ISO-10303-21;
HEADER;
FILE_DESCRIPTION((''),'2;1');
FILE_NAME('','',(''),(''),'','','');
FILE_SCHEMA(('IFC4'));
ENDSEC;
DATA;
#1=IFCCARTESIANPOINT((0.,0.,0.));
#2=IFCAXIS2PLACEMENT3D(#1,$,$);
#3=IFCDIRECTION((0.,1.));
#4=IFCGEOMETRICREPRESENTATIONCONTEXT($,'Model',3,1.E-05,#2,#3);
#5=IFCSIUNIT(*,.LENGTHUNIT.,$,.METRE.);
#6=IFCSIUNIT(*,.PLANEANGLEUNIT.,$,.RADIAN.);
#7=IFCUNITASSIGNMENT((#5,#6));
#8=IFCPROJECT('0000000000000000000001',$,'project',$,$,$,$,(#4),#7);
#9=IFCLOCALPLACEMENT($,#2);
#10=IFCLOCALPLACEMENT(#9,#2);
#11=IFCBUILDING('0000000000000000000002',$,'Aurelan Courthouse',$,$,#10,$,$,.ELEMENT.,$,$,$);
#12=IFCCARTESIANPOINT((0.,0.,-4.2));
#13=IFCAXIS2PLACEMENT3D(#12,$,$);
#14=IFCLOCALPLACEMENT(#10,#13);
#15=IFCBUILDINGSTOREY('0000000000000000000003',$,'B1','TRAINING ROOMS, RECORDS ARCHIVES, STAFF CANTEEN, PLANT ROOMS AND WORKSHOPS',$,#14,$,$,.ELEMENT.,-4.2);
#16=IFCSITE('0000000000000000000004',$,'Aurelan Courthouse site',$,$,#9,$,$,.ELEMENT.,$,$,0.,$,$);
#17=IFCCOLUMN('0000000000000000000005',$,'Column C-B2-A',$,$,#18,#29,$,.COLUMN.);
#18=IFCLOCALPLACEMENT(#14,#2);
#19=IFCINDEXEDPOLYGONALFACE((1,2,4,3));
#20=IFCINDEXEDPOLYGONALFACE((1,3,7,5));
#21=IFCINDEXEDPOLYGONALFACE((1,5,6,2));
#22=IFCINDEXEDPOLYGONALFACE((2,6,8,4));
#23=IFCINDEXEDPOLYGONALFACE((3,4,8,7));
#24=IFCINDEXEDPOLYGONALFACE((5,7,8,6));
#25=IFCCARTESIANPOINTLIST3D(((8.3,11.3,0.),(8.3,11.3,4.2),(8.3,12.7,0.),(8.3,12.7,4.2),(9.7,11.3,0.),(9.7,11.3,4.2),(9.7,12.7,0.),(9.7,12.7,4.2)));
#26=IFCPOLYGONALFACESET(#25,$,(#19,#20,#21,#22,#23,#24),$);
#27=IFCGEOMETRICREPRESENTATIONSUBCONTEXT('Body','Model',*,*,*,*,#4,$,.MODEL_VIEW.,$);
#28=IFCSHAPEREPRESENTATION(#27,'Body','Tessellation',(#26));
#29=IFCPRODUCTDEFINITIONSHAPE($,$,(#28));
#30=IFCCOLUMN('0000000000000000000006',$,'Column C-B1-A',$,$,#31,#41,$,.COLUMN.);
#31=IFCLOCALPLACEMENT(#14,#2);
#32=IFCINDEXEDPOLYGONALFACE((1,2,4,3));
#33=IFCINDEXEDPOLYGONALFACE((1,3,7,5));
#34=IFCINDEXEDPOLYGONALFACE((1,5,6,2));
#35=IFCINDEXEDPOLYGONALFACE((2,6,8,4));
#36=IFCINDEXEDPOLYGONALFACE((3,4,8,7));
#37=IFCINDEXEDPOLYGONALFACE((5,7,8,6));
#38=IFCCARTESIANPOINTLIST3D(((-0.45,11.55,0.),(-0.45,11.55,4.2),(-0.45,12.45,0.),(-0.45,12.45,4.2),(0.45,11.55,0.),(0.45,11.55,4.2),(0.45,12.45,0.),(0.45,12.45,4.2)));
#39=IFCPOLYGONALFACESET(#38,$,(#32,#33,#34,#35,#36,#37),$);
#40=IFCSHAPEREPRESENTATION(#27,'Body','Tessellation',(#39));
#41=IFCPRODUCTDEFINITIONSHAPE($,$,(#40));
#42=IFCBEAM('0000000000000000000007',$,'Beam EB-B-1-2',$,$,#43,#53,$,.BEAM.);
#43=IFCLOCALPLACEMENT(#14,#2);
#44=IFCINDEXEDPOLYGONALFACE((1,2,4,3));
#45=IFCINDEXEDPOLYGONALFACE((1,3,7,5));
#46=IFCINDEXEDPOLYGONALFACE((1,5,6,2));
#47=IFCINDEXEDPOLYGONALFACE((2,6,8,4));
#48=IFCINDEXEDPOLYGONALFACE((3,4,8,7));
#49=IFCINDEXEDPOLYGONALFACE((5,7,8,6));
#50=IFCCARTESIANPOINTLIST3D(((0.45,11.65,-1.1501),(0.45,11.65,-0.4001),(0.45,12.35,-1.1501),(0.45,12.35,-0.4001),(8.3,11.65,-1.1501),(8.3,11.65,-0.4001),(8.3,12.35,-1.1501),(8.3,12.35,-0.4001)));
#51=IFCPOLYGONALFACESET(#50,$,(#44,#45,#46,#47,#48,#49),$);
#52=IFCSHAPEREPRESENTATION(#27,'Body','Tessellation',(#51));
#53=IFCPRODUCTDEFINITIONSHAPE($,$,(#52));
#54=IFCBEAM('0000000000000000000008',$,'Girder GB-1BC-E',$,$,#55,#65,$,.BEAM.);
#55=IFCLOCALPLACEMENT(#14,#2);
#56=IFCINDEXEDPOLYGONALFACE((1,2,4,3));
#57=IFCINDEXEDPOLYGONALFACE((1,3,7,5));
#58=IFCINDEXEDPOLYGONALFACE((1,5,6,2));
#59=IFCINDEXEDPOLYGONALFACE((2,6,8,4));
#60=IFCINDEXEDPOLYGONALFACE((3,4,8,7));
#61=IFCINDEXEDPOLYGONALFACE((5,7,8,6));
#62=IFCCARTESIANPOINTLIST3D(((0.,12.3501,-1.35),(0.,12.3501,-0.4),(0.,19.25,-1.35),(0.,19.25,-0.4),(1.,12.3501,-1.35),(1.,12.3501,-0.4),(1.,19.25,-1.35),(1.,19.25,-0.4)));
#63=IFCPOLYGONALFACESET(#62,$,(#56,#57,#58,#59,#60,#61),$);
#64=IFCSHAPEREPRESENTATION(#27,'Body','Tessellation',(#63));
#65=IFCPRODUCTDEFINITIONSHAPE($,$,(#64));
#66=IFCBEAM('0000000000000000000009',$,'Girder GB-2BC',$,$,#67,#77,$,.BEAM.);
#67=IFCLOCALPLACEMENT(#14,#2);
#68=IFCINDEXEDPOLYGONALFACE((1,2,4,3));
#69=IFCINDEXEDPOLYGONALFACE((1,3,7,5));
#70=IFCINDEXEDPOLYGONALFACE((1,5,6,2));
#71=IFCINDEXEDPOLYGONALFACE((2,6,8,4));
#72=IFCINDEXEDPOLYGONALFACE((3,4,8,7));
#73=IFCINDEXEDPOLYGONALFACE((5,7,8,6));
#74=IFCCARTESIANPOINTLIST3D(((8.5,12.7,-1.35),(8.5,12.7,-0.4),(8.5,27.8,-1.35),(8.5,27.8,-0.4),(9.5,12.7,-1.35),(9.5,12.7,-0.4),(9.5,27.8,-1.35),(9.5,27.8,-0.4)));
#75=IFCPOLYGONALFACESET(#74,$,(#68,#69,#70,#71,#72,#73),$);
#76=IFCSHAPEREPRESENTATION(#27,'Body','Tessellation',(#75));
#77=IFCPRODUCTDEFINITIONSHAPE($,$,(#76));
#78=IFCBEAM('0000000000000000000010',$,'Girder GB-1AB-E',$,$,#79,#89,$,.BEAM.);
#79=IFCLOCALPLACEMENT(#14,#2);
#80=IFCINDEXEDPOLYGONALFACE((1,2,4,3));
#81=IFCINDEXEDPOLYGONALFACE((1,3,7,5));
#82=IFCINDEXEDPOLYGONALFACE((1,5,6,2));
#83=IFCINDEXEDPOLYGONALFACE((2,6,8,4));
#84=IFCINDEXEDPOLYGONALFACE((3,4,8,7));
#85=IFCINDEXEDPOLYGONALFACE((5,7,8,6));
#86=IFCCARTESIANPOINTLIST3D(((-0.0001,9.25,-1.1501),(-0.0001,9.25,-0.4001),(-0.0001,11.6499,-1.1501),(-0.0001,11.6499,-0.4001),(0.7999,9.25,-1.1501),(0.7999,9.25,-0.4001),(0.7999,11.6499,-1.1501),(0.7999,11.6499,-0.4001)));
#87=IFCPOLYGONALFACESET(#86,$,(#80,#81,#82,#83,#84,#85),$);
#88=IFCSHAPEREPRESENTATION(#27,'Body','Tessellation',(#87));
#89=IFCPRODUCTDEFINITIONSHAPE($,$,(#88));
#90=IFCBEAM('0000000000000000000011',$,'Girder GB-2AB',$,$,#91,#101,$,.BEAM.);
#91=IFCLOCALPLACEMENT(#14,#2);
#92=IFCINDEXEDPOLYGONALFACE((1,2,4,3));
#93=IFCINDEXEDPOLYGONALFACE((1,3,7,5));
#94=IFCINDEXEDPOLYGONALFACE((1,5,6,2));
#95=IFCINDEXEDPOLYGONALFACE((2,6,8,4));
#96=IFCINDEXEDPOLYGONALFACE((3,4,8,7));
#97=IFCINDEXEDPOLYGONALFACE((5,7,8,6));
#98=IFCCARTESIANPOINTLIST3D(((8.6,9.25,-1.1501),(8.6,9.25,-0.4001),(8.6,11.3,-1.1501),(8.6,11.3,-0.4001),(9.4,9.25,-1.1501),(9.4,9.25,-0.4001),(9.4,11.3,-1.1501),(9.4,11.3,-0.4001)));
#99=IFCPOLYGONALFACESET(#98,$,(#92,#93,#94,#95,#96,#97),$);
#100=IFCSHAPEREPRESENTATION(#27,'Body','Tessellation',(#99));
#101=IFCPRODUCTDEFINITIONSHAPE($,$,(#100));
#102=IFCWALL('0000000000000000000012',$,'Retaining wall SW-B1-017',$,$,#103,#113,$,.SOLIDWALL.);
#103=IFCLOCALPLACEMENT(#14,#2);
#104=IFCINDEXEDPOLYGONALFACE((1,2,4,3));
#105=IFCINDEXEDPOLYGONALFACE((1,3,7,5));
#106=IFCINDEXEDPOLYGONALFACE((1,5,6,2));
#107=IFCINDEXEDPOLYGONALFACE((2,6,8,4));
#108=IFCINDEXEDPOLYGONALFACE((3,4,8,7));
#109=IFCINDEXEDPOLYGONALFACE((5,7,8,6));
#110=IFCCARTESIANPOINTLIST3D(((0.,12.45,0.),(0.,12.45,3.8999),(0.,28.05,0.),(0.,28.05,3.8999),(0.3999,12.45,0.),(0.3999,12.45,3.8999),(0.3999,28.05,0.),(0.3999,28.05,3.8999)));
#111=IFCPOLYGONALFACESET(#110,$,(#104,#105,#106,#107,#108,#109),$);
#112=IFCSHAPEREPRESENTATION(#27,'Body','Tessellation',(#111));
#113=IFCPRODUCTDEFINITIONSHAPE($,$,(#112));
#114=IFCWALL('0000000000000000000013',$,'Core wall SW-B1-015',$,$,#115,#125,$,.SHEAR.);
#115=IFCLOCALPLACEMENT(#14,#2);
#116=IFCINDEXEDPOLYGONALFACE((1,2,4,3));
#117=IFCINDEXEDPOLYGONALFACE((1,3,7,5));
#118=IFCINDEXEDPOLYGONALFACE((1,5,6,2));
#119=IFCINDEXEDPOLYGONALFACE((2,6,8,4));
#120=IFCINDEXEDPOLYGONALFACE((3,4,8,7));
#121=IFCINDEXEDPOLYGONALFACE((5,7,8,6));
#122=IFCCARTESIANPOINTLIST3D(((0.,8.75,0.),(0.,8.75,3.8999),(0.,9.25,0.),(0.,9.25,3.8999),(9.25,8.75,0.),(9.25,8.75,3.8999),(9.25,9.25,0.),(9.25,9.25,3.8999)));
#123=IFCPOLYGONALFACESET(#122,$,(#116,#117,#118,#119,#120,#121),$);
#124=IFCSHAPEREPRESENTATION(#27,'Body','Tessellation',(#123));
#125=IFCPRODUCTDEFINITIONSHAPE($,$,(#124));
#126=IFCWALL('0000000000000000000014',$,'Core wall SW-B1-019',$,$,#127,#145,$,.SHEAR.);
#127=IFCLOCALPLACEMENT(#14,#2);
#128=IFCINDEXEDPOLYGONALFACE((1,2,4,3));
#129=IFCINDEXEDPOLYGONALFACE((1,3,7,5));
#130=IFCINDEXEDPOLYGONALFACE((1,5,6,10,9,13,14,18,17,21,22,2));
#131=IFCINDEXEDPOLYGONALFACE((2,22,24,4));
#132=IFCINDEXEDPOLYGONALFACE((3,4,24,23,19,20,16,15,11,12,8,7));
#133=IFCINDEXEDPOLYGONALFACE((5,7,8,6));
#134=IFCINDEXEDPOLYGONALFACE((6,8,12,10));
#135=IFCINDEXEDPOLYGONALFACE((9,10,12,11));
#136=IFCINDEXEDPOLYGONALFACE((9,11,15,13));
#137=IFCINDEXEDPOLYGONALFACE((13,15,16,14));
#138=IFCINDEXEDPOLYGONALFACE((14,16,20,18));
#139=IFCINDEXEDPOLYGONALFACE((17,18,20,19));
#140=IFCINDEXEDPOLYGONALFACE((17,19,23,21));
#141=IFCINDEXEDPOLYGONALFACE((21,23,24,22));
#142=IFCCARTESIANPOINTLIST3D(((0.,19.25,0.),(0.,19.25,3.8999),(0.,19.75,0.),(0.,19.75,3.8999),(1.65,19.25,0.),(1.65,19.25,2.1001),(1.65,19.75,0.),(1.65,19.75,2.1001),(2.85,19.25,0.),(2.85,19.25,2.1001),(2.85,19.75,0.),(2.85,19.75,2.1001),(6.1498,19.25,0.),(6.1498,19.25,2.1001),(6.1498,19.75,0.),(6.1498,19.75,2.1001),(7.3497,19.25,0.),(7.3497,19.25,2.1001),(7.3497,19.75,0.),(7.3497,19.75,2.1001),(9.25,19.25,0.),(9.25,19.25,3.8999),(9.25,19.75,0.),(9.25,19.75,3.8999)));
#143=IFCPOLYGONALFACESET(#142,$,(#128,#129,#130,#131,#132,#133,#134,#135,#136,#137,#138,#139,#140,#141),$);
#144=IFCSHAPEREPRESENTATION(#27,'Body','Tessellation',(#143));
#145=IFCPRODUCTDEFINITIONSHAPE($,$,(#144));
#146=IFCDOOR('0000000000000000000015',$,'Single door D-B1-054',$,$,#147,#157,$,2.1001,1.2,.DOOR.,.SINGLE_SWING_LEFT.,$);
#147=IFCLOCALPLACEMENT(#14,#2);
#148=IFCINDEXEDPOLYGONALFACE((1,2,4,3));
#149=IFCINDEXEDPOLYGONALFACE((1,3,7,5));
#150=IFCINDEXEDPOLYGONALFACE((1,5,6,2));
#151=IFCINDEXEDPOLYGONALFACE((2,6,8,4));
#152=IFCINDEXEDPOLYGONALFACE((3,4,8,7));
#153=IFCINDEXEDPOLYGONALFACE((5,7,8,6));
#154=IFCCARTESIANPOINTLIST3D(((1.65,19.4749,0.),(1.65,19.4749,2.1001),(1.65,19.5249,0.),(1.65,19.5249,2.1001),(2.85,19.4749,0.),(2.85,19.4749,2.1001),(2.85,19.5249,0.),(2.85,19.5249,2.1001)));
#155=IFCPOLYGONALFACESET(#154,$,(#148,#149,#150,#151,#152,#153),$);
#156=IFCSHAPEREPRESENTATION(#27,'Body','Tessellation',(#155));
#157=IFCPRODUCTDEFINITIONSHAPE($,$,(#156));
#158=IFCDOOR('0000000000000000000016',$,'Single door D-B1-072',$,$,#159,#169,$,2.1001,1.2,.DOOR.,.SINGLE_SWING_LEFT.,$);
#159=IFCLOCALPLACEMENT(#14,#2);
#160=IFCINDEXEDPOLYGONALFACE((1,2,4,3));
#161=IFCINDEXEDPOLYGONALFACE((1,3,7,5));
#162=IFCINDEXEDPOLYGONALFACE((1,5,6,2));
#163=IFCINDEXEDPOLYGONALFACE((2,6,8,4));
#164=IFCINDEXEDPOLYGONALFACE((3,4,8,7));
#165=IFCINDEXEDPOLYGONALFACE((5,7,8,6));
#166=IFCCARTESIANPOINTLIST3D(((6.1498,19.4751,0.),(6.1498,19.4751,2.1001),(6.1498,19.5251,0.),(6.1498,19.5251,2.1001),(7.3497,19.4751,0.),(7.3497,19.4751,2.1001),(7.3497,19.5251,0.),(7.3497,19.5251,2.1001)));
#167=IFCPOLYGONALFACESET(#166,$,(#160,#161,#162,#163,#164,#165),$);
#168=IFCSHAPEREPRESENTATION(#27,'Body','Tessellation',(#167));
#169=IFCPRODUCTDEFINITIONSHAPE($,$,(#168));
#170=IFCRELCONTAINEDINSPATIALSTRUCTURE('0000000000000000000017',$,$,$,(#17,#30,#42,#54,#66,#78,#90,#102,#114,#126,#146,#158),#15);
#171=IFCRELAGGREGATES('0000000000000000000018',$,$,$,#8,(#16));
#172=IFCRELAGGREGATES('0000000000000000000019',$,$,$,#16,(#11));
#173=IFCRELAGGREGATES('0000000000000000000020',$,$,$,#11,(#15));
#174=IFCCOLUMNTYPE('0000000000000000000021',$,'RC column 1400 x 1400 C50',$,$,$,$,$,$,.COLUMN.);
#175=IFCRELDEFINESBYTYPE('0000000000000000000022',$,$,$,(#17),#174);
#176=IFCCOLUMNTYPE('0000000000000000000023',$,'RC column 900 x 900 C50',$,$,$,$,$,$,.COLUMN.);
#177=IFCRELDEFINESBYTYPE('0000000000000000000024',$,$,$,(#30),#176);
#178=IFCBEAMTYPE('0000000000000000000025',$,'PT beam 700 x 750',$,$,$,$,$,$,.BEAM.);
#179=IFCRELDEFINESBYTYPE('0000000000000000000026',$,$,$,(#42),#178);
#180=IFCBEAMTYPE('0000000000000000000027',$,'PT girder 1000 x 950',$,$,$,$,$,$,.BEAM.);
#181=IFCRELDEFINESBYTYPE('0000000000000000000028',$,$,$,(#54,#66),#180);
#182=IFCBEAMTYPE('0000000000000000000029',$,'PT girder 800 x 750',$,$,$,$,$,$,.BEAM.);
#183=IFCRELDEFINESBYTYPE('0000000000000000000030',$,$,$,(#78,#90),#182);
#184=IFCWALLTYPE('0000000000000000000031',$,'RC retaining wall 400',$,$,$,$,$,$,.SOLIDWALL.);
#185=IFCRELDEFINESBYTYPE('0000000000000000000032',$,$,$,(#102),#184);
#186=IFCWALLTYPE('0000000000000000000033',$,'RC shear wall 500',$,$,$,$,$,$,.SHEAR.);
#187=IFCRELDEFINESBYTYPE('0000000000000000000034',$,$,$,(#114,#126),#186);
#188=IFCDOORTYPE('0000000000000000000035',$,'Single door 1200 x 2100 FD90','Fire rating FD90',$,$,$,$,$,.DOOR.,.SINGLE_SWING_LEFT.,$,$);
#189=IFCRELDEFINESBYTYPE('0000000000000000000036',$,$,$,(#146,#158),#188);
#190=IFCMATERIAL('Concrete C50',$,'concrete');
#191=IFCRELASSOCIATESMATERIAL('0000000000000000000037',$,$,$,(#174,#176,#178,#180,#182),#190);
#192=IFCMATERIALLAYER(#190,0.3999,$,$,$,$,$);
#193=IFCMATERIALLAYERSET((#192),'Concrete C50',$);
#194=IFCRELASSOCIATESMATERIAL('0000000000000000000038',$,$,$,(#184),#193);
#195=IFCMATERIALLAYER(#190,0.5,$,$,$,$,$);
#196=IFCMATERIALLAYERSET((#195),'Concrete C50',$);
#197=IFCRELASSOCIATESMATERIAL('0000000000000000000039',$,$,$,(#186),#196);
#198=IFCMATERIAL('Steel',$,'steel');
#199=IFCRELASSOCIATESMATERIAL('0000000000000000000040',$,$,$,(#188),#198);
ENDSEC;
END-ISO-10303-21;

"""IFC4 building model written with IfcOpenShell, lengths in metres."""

from ifc_helpers import new_model, si_unit, direction, frame, frame_2d, origin, origin_2d, place, context, subcontext, project, spatial, rectangle, extrude, material, layer, layer_set, material_profile, profile_set, type_object, element, fill, save


model = new_model("IFC4")

# Units and contexts
model_context = context("Model", 3, precision=1e-05, world=origin(), true_north=direction((0.0, 1.0)))
body_context = subcontext(model_context, "Body", "Model", "MODEL_VIEW")
ifc_project = project(units=[si_unit("LENGTHUNIT", "METRE"), si_unit("PLANEANGLEUNIT", "RADIAN")], contexts=[model_context])

# Site, building, storey
site_placement = place(None, origin())
site = spatial("IfcSite", under=ifc_project, at=site_placement, Name="Aurelan Courthouse site", CompositionType="ELEMENT", RefElevation=0.0)
building_placement = place(site_placement, origin())
building = spatial("IfcBuilding", under=site, at=building_placement, Name="Aurelan Courthouse", CompositionType="ELEMENT")
storey_placement = place(building_placement, frame((0.0, 0.0, -4.2)))
storey = spatial("IfcBuildingStorey", under=building, at=storey_placement, Name="B1", Description="TRAINING ROOMS, RECORDS ARCHIVES, STAFF CANTEEN, PLANT ROOMS AND WORKSHOPS", CompositionType="ELEMENT", Elevation=-4.2)

# Columns
ifc_material_1 = material(Name="Concrete C50", Category="concrete")
ifc_material_profile_1 = material_profile(ifc_material_1, rectangle(XDim=1.3999, YDim=1.3999, at=origin_2d()), Name="RC 1400 x 1400")
ifc_profile_set_1 = profile_set([ifc_material_profile_1], Name="Concrete C50")
column_type_1 = type_object("IfcColumnType", Name="RC column 1400 x 1400 C50", PredefinedType="COLUMN", material=ifc_profile_set_1)
column_1_placement = place(storey_placement, frame((9.0, 12.0, 0.0), z_axis=(0.0, 0.0, 1.0), x_axis=(1.0, 0.0, 0.0)))
element("IfcColumn", 1, at=column_1_placement, inside=storey, type_object=column_type_1, Name="Column C-B2-A", PredefinedType="COLUMN", context=body_context, shape_type="SweptSolid", body=[
    extrude(rectangle(XDim=1.3999, YDim=1.3999, at=origin_2d()), origin(), (0.0, 0.0, 1.0), 4.2),
])
ifc_material_profile_2 = material_profile(ifc_material_1, rectangle(XDim=0.8999, YDim=0.8999, at=origin_2d()), Name="RC 900 x 900")
ifc_profile_set_2 = profile_set([ifc_material_profile_2], Name="Concrete C50")
column_type_2 = type_object("IfcColumnType", Name="RC column 900 x 900 C50", PredefinedType="COLUMN", material=ifc_profile_set_2)
column_2_placement = place(storey_placement, frame((0.0, 12.0, 0.0), z_axis=(0.0, 0.0, 1.0), x_axis=(1.0, 0.0, 0.0)))
element("IfcColumn", 2, at=column_2_placement, inside=storey, type_object=column_type_2, Name="Column C-B1-A", PredefinedType="COLUMN", context=body_context, shape_type="SweptSolid", body=[
    extrude(rectangle(XDim=0.8999, YDim=0.8999, at=origin_2d()), origin(), (0.0, 0.0, 1.0), 4.2),
])

# Beams
ifc_material_profile_3 = material_profile(ifc_material_1, rectangle(XDim=0.7, YDim=0.75, at=origin_2d()), Name="RC 700 x 750")
ifc_profile_set_3 = profile_set([ifc_material_profile_3], Name="Concrete C50")
beam_type_1 = type_object("IfcBeamType", Name="PT beam 700 x 750", PredefinedType="BEAM", material=ifc_profile_set_3)
beam_1_placement = place(storey_placement, frame((0.45, 12.0, -0.7751), z_axis=(1.0, 0.0, 0.0), x_axis=(0.0, 1.0, 0.0)))
element("IfcBeam", 3, at=beam_1_placement, inside=storey, type_object=beam_type_1, Name="Beam EB-B-1-2", PredefinedType="BEAM", context=body_context, shape_type="SweptSolid", body=[
    extrude(rectangle(XDim=0.7, YDim=0.75, at=origin_2d()), origin(), (0.0, 0.0, 1.0), 7.8501),
])
ifc_material_profile_4 = material_profile(ifc_material_1, rectangle(XDim=1.0, YDim=0.95, at=origin_2d()), Name="RC 1000 x 950")
ifc_profile_set_4 = profile_set([ifc_material_profile_4], Name="Concrete C50")
beam_type_2 = type_object("IfcBeamType", Name="PT girder 1000 x 950", PredefinedType="BEAM", material=ifc_profile_set_4)
beam_2_placement = place(storey_placement, frame((0.5, 12.3501, -0.875), z_axis=(0.0, 1.0, 0.0), x_axis=(-1.0, 0.0, 0.0)))
element("IfcBeam", 4, at=beam_2_placement, inside=storey, type_object=beam_type_2, Name="Girder GB-1BC-E", PredefinedType="BEAM", context=body_context, shape_type="SweptSolid", body=[
    extrude(rectangle(XDim=1.0, YDim=0.95, at=origin_2d()), origin(), (0.0, 0.0, 1.0), 6.8999),
])
beam_3_placement = place(storey_placement, frame((9.0, 12.7, -0.875), z_axis=(0.0, 1.0, 0.0), x_axis=(-1.0, 0.0, 0.0)))
element("IfcBeam", 5, at=beam_3_placement, inside=storey, type_object=beam_type_2, Name="Girder GB-2BC", PredefinedType="BEAM", context=body_context, shape_type="SweptSolid", body=[
    extrude(rectangle(XDim=1.0, YDim=0.95, at=origin_2d()), origin(), (0.0, 0.0, 1.0), 15.1001),
])
ifc_material_profile_5 = material_profile(ifc_material_1, rectangle(XDim=0.8, YDim=0.75, at=origin_2d()), Name="RC 800 x 750")
ifc_profile_set_5 = profile_set([ifc_material_profile_5], Name="Concrete C50")
beam_type_3 = type_object("IfcBeamType", Name="PT girder 800 x 750", PredefinedType="BEAM", material=ifc_profile_set_5)
beam_4_placement = place(storey_placement, frame((0.3999, 9.25, -0.7751), z_axis=(0.0, 1.0, 0.0), x_axis=(-1.0, 0.0, 0.0)))
element("IfcBeam", 6, at=beam_4_placement, inside=storey, type_object=beam_type_3, Name="Girder GB-1AB-E", PredefinedType="BEAM", context=body_context, shape_type="SweptSolid", body=[
    extrude(rectangle(XDim=0.8, YDim=0.75, at=origin_2d()), origin(), (0.0, 0.0, 1.0), 2.3999),
])
beam_5_placement = place(storey_placement, frame((9.0, 9.25, -0.7751), z_axis=(0.0, 1.0, 0.0), x_axis=(-1.0, 0.0, 0.0)))
element("IfcBeam", 7, at=beam_5_placement, inside=storey, type_object=beam_type_3, Name="Girder GB-2AB", PredefinedType="BEAM", context=body_context, shape_type="SweptSolid", body=[
    extrude(rectangle(XDim=0.8, YDim=0.75, at=origin_2d()), origin(), (0.0, 0.0, 1.0), 2.05),
])

# Walls
ifc_layer_1 = layer(ifc_material_1, 0.3999)
ifc_layer_set_1 = layer_set([ifc_layer_1], Name="Concrete C50")
wall_type_1 = type_object("IfcWallType", Name="RC retaining wall 400", PredefinedType="SOLIDWALL", material=ifc_layer_set_1)
wall_1_placement = place(storey_placement, frame((0.2, 12.45, 0.0), z_axis=(0.0, 0.0, 1.0), x_axis=(0.0, 1.0, 0.0)))
element("IfcWall", 8, at=wall_1_placement, inside=storey, type_object=wall_type_1, Name="Retaining wall SW-B1-017", PredefinedType="SOLIDWALL", context=body_context, shape_type="SweptSolid", body=[
    extrude(rectangle(XDim=15.6001, YDim=0.3999, at=frame_2d((7.8, 0.0))), origin(), (0.0, 0.0, 1.0), 3.8999),
])
ifc_layer_2 = layer(ifc_material_1, 0.5)
ifc_layer_set_2 = layer_set([ifc_layer_2], Name="Concrete C50")
wall_type_2 = type_object("IfcWallType", Name="RC shear wall 500", PredefinedType="SHEAR", material=ifc_layer_set_2)
wall_2_placement = place(storey_placement, frame((0.0, 9.0, 0.0), z_axis=(0.0, 0.0, 1.0), x_axis=(1.0, 0.0, 0.0)))
element("IfcWall", 9, at=wall_2_placement, inside=storey, type_object=wall_type_2, Name="Core wall SW-B1-015", PredefinedType="SHEAR", context=body_context, shape_type="SweptSolid", body=[
    extrude(rectangle(XDim=9.25, YDim=0.5, at=frame_2d((4.625, 0.0))), origin(), (0.0, 0.0, 1.0), 3.8999),
])

# Wall, openings, doors
wall_3_placement = place(storey_placement, frame((0.0, 19.5, 0.0), z_axis=(0.0, 0.0, 1.0), x_axis=(1.0, 0.0, 0.0)))
wall_3 = element("IfcWall", 10, at=wall_3_placement, inside=storey, type_object=wall_type_2, Name="Core wall SW-B1-019", PredefinedType="SHEAR", context=body_context, shape_type="SweptSolid", body=[
    extrude(rectangle(XDim=9.25, YDim=0.5, at=frame_2d((4.625, 0.0))), origin(), (0.0, 0.0, 1.0), 3.8999),
])
opening_1_placement = place(wall_3_placement, frame((1.6499, 0.0, 0.0)))
opening_1 = element("IfcOpeningElement", 11, at=opening_1_placement, cuts=wall_3, PredefinedType="OPENING", context=body_context, shape_type="SweptSolid", body=[
    extrude(rectangle(XDim=1.2, YDim=2.1001, at=frame_2d((0.6001, 1.05))), frame((0.0, 0.26, 0.0), z_axis=(0.0, -1.0, 0.0), x_axis=(1.0, 0.0, 0.0)), (0.0, 0.0, 1.0), 0.52),
])
opening_2_placement = place(wall_3_placement, frame((7.3499, 0.0, 0.0), z_axis=(0.0, 0.0, 1.0), x_axis=(-1.0, 0.0, 0.0)))
opening_2 = element("IfcOpeningElement", 12, at=opening_2_placement, cuts=wall_3, PredefinedType="OPENING", context=body_context, shape_type="SweptSolid", body=[
    extrude(rectangle(XDim=1.2, YDim=2.1001, at=frame_2d((0.6001, 1.05))), frame((0.0, 0.26, 0.0), z_axis=(0.0, -1.0, 0.0), x_axis=(1.0, 0.0, 0.0)), (0.0, 0.0, 1.0), 0.52),
])
ifc_material_2 = material(Name="Steel", Category="steel")
door_type = type_object("IfcDoorType", Name="Single door 1200 x 2100 FD90", Description="Fire rating FD90", OperationType="SINGLE_SWING_LEFT", PredefinedType="DOOR", material=ifc_material_2)
door_1_placement = place(opening_1_placement, origin())
door_1 = element("IfcDoor", 13, at=door_1_placement, inside=storey, type_object=door_type, Name="Single door D-B1-054", OperationType="SINGLE_SWING_LEFT", OverallHeight=2.1001, OverallWidth=1.2, PredefinedType="DOOR", context=body_context, shape_type="SweptSolid", body=[
    extrude(rectangle(XDim=1.2, YDim=2.1001, at=frame_2d((0.6001, 1.05))), frame((0.0, 0.0249, 0.0), z_axis=(0.0, -1.0, 0.0), x_axis=(1.0, 0.0, 0.0)), (0.0, 0.0, 1.0), 0.05),
])
fill(opening_1, door_1)
door_2_placement = place(opening_2_placement, origin())
door_2 = element("IfcDoor", 14, at=door_2_placement, inside=storey, type_object=door_type, Name="Single door D-B1-072", OperationType="SINGLE_SWING_LEFT", OverallHeight=2.1001, OverallWidth=1.2, PredefinedType="DOOR", context=body_context, shape_type="SweptSolid", body=[
    extrude(rectangle(XDim=1.2, YDim=2.1001, at=frame_2d((0.6001, 1.05))), frame((0.0, 0.0249, 0.0), z_axis=(0.0, -1.0, 0.0), x_axis=(1.0, 0.0, 0.0)), (0.0, 0.0, 1.0), 0.05),
])
fill(opening_2, door_2)

save(model, "model.ifc")
